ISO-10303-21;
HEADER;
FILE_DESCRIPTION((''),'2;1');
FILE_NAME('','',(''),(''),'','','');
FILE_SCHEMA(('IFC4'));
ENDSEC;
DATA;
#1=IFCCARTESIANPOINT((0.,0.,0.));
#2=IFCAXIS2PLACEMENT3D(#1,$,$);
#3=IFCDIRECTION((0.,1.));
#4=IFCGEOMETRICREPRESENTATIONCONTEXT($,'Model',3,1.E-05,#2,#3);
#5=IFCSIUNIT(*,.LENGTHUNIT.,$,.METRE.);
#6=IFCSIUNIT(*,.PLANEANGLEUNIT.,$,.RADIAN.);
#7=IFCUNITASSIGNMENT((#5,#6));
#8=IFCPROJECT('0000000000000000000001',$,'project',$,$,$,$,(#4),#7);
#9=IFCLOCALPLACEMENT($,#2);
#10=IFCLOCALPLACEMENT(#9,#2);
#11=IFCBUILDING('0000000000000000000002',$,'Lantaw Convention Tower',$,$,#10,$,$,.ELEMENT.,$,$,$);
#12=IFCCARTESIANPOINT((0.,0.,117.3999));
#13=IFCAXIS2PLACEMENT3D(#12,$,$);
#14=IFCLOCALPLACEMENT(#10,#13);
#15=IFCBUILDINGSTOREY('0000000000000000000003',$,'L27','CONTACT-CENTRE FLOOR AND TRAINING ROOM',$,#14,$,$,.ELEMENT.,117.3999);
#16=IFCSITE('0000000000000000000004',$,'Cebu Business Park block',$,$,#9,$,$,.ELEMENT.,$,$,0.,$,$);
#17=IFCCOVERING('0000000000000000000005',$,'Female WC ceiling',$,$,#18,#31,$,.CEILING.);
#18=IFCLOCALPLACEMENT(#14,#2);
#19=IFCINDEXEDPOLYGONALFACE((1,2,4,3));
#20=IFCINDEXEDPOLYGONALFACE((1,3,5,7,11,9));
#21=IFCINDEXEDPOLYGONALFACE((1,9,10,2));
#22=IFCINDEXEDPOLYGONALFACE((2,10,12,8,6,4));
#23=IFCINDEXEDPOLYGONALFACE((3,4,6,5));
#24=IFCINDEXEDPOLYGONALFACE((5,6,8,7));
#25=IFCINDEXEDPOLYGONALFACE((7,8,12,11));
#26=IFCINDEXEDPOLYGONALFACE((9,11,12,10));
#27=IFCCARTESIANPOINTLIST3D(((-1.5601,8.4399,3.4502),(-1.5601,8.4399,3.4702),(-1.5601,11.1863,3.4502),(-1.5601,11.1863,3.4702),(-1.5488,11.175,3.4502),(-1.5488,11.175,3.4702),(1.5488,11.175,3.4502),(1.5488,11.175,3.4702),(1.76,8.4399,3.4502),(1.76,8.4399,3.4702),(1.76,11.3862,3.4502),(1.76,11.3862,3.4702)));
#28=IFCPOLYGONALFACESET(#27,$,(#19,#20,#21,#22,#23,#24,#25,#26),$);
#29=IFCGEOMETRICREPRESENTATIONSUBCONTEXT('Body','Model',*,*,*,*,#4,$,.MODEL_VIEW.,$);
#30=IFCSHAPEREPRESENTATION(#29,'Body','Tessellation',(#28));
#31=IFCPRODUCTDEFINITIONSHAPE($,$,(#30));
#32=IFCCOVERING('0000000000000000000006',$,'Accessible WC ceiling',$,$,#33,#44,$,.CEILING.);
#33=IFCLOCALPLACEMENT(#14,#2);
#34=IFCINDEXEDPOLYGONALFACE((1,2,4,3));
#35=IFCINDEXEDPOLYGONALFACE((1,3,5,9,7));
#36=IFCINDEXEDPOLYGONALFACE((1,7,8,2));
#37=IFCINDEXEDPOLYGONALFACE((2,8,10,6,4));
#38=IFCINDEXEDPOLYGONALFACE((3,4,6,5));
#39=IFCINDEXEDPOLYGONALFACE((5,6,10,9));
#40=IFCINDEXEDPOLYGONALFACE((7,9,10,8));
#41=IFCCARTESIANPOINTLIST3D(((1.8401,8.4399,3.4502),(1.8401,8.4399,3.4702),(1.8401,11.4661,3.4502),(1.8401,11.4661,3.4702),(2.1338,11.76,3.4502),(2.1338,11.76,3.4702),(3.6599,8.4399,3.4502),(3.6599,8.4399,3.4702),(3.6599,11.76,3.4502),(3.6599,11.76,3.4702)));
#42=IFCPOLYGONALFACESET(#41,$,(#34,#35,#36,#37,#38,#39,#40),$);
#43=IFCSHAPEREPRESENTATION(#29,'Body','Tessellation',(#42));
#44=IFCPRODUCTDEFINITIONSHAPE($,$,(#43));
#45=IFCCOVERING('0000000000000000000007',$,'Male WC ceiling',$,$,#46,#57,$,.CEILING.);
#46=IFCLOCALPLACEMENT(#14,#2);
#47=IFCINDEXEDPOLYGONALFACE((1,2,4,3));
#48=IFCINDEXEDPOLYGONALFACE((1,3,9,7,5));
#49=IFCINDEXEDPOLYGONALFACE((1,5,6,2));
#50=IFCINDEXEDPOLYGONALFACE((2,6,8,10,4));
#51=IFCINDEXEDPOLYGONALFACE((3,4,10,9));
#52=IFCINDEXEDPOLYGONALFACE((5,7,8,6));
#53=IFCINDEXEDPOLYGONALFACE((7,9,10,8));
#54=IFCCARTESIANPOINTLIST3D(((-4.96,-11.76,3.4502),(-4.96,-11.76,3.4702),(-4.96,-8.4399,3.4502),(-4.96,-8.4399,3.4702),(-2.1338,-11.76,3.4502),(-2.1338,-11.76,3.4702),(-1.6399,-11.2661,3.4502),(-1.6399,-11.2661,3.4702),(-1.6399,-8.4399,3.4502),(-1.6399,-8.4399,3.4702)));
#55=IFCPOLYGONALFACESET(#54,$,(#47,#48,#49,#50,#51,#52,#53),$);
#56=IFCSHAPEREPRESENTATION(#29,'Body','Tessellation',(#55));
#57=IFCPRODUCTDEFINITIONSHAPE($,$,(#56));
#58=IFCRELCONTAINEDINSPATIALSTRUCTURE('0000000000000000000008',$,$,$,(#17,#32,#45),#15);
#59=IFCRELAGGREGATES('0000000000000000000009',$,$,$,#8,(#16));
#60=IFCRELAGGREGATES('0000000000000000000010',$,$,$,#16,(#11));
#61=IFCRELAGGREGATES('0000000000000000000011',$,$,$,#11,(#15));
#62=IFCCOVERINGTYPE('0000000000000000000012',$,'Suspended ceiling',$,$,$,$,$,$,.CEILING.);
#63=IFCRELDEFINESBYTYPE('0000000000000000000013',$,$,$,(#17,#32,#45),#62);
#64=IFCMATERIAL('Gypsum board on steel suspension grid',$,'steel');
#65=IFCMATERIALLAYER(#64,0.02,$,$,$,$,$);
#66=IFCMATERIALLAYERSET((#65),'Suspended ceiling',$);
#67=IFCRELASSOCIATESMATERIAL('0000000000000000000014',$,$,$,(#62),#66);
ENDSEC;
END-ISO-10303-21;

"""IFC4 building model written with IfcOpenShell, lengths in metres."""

from ifc_helpers import new_model, si_unit, direction, frame, origin, place, context, subcontext, project, spatial, polyline, outline, extrude, material, layer, layer_set, type_object, element, save


model = new_model("IFC4")

# Units and contexts
model_context = context("Model", 3, precision=1e-05, world=origin(), true_north=direction((0.0, 1.0)))
body_context = subcontext(model_context, "Body", "Model", "MODEL_VIEW")
ifc_project = project(units=[si_unit("LENGTHUNIT", "METRE"), si_unit("PLANEANGLEUNIT", "RADIAN")], contexts=[model_context])

# Site, building, storey
site_placement = place(None, origin())
site = spatial("IfcSite", under=ifc_project, at=site_placement, Name="Cebu Business Park block", CompositionType="ELEMENT", RefElevation=0.0)
building_placement = place(site_placement, origin())
building = spatial("IfcBuilding", under=site, at=building_placement, Name="Lantaw Convention Tower", CompositionType="ELEMENT")
storey_placement = place(building_placement, frame((0.0, 0.0, 117.3999)))
storey = spatial("IfcBuildingStorey", under=building, at=storey_placement, Name="L27", Description="CONTACT-CENTRE FLOOR AND TRAINING ROOM", CompositionType="ELEMENT", Elevation=117.3999)

# Coverings
ifc_material_1 = material(Name="Gypsum board on steel suspension grid", Category="steel")
ifc_layer_1 = layer(ifc_material_1, 0.02)
ifc_layer_set_1 = layer_set([ifc_layer_1], Name="Suspended ceiling")
covering_type = type_object("IfcCoveringType", Name="Suspended ceiling", PredefinedType="CEILING", material=ifc_layer_set_1)
covering_1_placement = place(storey_placement, frame((0.0, 0.0, 3.4502)))
element("IfcCovering", 1, at=covering_1_placement, inside=storey, type_object=covering_type, Name="Female WC ceiling", PredefinedType="CEILING", context=body_context, shape_type="SweptSolid", body=[
    extrude(outline(polyline([(-1.5601, 11.1863), (-1.5601, 8.4399), (1.76, 8.4399), (1.76, 11.3862), (1.5488, 11.175), (-1.5488, 11.175), (-1.5601, 11.1863)])), origin(), (0.0, 0.0, 1.0), 0.02),
])
covering_2_placement = place(storey_placement, frame((0.0, 0.0, 3.4502)))
element("IfcCovering", 2, at=covering_2_placement, inside=storey, type_object=covering_type, Name="Accessible WC ceiling", PredefinedType="CEILING", context=body_context, shape_type="SweptSolid", body=[
    extrude(outline(polyline([(1.8401, 11.4661), (1.8401, 8.4399), (3.6599, 8.4399), (3.6599, 11.76), (2.1338, 11.76), (1.8401, 11.4661)])), origin(), (0.0, 0.0, 1.0), 0.02),
])
covering_3_placement = place(storey_placement, frame((0.0, 0.0, 3.4502)))
element("IfcCovering", 3, at=covering_3_placement, inside=storey, type_object=covering_type, Name="Male WC ceiling", PredefinedType="CEILING", context=body_context, shape_type="SweptSolid", body=[
    extrude(outline(polyline([(-4.96, -8.4399), (-4.96, -11.76), (-2.1338, -11.76), (-1.6399, -11.2661), (-1.6399, -8.4399), (-4.96, -8.4399)])), origin(), (0.0, 0.0, 1.0), 0.02),
])

save(model, "model.ifc")
